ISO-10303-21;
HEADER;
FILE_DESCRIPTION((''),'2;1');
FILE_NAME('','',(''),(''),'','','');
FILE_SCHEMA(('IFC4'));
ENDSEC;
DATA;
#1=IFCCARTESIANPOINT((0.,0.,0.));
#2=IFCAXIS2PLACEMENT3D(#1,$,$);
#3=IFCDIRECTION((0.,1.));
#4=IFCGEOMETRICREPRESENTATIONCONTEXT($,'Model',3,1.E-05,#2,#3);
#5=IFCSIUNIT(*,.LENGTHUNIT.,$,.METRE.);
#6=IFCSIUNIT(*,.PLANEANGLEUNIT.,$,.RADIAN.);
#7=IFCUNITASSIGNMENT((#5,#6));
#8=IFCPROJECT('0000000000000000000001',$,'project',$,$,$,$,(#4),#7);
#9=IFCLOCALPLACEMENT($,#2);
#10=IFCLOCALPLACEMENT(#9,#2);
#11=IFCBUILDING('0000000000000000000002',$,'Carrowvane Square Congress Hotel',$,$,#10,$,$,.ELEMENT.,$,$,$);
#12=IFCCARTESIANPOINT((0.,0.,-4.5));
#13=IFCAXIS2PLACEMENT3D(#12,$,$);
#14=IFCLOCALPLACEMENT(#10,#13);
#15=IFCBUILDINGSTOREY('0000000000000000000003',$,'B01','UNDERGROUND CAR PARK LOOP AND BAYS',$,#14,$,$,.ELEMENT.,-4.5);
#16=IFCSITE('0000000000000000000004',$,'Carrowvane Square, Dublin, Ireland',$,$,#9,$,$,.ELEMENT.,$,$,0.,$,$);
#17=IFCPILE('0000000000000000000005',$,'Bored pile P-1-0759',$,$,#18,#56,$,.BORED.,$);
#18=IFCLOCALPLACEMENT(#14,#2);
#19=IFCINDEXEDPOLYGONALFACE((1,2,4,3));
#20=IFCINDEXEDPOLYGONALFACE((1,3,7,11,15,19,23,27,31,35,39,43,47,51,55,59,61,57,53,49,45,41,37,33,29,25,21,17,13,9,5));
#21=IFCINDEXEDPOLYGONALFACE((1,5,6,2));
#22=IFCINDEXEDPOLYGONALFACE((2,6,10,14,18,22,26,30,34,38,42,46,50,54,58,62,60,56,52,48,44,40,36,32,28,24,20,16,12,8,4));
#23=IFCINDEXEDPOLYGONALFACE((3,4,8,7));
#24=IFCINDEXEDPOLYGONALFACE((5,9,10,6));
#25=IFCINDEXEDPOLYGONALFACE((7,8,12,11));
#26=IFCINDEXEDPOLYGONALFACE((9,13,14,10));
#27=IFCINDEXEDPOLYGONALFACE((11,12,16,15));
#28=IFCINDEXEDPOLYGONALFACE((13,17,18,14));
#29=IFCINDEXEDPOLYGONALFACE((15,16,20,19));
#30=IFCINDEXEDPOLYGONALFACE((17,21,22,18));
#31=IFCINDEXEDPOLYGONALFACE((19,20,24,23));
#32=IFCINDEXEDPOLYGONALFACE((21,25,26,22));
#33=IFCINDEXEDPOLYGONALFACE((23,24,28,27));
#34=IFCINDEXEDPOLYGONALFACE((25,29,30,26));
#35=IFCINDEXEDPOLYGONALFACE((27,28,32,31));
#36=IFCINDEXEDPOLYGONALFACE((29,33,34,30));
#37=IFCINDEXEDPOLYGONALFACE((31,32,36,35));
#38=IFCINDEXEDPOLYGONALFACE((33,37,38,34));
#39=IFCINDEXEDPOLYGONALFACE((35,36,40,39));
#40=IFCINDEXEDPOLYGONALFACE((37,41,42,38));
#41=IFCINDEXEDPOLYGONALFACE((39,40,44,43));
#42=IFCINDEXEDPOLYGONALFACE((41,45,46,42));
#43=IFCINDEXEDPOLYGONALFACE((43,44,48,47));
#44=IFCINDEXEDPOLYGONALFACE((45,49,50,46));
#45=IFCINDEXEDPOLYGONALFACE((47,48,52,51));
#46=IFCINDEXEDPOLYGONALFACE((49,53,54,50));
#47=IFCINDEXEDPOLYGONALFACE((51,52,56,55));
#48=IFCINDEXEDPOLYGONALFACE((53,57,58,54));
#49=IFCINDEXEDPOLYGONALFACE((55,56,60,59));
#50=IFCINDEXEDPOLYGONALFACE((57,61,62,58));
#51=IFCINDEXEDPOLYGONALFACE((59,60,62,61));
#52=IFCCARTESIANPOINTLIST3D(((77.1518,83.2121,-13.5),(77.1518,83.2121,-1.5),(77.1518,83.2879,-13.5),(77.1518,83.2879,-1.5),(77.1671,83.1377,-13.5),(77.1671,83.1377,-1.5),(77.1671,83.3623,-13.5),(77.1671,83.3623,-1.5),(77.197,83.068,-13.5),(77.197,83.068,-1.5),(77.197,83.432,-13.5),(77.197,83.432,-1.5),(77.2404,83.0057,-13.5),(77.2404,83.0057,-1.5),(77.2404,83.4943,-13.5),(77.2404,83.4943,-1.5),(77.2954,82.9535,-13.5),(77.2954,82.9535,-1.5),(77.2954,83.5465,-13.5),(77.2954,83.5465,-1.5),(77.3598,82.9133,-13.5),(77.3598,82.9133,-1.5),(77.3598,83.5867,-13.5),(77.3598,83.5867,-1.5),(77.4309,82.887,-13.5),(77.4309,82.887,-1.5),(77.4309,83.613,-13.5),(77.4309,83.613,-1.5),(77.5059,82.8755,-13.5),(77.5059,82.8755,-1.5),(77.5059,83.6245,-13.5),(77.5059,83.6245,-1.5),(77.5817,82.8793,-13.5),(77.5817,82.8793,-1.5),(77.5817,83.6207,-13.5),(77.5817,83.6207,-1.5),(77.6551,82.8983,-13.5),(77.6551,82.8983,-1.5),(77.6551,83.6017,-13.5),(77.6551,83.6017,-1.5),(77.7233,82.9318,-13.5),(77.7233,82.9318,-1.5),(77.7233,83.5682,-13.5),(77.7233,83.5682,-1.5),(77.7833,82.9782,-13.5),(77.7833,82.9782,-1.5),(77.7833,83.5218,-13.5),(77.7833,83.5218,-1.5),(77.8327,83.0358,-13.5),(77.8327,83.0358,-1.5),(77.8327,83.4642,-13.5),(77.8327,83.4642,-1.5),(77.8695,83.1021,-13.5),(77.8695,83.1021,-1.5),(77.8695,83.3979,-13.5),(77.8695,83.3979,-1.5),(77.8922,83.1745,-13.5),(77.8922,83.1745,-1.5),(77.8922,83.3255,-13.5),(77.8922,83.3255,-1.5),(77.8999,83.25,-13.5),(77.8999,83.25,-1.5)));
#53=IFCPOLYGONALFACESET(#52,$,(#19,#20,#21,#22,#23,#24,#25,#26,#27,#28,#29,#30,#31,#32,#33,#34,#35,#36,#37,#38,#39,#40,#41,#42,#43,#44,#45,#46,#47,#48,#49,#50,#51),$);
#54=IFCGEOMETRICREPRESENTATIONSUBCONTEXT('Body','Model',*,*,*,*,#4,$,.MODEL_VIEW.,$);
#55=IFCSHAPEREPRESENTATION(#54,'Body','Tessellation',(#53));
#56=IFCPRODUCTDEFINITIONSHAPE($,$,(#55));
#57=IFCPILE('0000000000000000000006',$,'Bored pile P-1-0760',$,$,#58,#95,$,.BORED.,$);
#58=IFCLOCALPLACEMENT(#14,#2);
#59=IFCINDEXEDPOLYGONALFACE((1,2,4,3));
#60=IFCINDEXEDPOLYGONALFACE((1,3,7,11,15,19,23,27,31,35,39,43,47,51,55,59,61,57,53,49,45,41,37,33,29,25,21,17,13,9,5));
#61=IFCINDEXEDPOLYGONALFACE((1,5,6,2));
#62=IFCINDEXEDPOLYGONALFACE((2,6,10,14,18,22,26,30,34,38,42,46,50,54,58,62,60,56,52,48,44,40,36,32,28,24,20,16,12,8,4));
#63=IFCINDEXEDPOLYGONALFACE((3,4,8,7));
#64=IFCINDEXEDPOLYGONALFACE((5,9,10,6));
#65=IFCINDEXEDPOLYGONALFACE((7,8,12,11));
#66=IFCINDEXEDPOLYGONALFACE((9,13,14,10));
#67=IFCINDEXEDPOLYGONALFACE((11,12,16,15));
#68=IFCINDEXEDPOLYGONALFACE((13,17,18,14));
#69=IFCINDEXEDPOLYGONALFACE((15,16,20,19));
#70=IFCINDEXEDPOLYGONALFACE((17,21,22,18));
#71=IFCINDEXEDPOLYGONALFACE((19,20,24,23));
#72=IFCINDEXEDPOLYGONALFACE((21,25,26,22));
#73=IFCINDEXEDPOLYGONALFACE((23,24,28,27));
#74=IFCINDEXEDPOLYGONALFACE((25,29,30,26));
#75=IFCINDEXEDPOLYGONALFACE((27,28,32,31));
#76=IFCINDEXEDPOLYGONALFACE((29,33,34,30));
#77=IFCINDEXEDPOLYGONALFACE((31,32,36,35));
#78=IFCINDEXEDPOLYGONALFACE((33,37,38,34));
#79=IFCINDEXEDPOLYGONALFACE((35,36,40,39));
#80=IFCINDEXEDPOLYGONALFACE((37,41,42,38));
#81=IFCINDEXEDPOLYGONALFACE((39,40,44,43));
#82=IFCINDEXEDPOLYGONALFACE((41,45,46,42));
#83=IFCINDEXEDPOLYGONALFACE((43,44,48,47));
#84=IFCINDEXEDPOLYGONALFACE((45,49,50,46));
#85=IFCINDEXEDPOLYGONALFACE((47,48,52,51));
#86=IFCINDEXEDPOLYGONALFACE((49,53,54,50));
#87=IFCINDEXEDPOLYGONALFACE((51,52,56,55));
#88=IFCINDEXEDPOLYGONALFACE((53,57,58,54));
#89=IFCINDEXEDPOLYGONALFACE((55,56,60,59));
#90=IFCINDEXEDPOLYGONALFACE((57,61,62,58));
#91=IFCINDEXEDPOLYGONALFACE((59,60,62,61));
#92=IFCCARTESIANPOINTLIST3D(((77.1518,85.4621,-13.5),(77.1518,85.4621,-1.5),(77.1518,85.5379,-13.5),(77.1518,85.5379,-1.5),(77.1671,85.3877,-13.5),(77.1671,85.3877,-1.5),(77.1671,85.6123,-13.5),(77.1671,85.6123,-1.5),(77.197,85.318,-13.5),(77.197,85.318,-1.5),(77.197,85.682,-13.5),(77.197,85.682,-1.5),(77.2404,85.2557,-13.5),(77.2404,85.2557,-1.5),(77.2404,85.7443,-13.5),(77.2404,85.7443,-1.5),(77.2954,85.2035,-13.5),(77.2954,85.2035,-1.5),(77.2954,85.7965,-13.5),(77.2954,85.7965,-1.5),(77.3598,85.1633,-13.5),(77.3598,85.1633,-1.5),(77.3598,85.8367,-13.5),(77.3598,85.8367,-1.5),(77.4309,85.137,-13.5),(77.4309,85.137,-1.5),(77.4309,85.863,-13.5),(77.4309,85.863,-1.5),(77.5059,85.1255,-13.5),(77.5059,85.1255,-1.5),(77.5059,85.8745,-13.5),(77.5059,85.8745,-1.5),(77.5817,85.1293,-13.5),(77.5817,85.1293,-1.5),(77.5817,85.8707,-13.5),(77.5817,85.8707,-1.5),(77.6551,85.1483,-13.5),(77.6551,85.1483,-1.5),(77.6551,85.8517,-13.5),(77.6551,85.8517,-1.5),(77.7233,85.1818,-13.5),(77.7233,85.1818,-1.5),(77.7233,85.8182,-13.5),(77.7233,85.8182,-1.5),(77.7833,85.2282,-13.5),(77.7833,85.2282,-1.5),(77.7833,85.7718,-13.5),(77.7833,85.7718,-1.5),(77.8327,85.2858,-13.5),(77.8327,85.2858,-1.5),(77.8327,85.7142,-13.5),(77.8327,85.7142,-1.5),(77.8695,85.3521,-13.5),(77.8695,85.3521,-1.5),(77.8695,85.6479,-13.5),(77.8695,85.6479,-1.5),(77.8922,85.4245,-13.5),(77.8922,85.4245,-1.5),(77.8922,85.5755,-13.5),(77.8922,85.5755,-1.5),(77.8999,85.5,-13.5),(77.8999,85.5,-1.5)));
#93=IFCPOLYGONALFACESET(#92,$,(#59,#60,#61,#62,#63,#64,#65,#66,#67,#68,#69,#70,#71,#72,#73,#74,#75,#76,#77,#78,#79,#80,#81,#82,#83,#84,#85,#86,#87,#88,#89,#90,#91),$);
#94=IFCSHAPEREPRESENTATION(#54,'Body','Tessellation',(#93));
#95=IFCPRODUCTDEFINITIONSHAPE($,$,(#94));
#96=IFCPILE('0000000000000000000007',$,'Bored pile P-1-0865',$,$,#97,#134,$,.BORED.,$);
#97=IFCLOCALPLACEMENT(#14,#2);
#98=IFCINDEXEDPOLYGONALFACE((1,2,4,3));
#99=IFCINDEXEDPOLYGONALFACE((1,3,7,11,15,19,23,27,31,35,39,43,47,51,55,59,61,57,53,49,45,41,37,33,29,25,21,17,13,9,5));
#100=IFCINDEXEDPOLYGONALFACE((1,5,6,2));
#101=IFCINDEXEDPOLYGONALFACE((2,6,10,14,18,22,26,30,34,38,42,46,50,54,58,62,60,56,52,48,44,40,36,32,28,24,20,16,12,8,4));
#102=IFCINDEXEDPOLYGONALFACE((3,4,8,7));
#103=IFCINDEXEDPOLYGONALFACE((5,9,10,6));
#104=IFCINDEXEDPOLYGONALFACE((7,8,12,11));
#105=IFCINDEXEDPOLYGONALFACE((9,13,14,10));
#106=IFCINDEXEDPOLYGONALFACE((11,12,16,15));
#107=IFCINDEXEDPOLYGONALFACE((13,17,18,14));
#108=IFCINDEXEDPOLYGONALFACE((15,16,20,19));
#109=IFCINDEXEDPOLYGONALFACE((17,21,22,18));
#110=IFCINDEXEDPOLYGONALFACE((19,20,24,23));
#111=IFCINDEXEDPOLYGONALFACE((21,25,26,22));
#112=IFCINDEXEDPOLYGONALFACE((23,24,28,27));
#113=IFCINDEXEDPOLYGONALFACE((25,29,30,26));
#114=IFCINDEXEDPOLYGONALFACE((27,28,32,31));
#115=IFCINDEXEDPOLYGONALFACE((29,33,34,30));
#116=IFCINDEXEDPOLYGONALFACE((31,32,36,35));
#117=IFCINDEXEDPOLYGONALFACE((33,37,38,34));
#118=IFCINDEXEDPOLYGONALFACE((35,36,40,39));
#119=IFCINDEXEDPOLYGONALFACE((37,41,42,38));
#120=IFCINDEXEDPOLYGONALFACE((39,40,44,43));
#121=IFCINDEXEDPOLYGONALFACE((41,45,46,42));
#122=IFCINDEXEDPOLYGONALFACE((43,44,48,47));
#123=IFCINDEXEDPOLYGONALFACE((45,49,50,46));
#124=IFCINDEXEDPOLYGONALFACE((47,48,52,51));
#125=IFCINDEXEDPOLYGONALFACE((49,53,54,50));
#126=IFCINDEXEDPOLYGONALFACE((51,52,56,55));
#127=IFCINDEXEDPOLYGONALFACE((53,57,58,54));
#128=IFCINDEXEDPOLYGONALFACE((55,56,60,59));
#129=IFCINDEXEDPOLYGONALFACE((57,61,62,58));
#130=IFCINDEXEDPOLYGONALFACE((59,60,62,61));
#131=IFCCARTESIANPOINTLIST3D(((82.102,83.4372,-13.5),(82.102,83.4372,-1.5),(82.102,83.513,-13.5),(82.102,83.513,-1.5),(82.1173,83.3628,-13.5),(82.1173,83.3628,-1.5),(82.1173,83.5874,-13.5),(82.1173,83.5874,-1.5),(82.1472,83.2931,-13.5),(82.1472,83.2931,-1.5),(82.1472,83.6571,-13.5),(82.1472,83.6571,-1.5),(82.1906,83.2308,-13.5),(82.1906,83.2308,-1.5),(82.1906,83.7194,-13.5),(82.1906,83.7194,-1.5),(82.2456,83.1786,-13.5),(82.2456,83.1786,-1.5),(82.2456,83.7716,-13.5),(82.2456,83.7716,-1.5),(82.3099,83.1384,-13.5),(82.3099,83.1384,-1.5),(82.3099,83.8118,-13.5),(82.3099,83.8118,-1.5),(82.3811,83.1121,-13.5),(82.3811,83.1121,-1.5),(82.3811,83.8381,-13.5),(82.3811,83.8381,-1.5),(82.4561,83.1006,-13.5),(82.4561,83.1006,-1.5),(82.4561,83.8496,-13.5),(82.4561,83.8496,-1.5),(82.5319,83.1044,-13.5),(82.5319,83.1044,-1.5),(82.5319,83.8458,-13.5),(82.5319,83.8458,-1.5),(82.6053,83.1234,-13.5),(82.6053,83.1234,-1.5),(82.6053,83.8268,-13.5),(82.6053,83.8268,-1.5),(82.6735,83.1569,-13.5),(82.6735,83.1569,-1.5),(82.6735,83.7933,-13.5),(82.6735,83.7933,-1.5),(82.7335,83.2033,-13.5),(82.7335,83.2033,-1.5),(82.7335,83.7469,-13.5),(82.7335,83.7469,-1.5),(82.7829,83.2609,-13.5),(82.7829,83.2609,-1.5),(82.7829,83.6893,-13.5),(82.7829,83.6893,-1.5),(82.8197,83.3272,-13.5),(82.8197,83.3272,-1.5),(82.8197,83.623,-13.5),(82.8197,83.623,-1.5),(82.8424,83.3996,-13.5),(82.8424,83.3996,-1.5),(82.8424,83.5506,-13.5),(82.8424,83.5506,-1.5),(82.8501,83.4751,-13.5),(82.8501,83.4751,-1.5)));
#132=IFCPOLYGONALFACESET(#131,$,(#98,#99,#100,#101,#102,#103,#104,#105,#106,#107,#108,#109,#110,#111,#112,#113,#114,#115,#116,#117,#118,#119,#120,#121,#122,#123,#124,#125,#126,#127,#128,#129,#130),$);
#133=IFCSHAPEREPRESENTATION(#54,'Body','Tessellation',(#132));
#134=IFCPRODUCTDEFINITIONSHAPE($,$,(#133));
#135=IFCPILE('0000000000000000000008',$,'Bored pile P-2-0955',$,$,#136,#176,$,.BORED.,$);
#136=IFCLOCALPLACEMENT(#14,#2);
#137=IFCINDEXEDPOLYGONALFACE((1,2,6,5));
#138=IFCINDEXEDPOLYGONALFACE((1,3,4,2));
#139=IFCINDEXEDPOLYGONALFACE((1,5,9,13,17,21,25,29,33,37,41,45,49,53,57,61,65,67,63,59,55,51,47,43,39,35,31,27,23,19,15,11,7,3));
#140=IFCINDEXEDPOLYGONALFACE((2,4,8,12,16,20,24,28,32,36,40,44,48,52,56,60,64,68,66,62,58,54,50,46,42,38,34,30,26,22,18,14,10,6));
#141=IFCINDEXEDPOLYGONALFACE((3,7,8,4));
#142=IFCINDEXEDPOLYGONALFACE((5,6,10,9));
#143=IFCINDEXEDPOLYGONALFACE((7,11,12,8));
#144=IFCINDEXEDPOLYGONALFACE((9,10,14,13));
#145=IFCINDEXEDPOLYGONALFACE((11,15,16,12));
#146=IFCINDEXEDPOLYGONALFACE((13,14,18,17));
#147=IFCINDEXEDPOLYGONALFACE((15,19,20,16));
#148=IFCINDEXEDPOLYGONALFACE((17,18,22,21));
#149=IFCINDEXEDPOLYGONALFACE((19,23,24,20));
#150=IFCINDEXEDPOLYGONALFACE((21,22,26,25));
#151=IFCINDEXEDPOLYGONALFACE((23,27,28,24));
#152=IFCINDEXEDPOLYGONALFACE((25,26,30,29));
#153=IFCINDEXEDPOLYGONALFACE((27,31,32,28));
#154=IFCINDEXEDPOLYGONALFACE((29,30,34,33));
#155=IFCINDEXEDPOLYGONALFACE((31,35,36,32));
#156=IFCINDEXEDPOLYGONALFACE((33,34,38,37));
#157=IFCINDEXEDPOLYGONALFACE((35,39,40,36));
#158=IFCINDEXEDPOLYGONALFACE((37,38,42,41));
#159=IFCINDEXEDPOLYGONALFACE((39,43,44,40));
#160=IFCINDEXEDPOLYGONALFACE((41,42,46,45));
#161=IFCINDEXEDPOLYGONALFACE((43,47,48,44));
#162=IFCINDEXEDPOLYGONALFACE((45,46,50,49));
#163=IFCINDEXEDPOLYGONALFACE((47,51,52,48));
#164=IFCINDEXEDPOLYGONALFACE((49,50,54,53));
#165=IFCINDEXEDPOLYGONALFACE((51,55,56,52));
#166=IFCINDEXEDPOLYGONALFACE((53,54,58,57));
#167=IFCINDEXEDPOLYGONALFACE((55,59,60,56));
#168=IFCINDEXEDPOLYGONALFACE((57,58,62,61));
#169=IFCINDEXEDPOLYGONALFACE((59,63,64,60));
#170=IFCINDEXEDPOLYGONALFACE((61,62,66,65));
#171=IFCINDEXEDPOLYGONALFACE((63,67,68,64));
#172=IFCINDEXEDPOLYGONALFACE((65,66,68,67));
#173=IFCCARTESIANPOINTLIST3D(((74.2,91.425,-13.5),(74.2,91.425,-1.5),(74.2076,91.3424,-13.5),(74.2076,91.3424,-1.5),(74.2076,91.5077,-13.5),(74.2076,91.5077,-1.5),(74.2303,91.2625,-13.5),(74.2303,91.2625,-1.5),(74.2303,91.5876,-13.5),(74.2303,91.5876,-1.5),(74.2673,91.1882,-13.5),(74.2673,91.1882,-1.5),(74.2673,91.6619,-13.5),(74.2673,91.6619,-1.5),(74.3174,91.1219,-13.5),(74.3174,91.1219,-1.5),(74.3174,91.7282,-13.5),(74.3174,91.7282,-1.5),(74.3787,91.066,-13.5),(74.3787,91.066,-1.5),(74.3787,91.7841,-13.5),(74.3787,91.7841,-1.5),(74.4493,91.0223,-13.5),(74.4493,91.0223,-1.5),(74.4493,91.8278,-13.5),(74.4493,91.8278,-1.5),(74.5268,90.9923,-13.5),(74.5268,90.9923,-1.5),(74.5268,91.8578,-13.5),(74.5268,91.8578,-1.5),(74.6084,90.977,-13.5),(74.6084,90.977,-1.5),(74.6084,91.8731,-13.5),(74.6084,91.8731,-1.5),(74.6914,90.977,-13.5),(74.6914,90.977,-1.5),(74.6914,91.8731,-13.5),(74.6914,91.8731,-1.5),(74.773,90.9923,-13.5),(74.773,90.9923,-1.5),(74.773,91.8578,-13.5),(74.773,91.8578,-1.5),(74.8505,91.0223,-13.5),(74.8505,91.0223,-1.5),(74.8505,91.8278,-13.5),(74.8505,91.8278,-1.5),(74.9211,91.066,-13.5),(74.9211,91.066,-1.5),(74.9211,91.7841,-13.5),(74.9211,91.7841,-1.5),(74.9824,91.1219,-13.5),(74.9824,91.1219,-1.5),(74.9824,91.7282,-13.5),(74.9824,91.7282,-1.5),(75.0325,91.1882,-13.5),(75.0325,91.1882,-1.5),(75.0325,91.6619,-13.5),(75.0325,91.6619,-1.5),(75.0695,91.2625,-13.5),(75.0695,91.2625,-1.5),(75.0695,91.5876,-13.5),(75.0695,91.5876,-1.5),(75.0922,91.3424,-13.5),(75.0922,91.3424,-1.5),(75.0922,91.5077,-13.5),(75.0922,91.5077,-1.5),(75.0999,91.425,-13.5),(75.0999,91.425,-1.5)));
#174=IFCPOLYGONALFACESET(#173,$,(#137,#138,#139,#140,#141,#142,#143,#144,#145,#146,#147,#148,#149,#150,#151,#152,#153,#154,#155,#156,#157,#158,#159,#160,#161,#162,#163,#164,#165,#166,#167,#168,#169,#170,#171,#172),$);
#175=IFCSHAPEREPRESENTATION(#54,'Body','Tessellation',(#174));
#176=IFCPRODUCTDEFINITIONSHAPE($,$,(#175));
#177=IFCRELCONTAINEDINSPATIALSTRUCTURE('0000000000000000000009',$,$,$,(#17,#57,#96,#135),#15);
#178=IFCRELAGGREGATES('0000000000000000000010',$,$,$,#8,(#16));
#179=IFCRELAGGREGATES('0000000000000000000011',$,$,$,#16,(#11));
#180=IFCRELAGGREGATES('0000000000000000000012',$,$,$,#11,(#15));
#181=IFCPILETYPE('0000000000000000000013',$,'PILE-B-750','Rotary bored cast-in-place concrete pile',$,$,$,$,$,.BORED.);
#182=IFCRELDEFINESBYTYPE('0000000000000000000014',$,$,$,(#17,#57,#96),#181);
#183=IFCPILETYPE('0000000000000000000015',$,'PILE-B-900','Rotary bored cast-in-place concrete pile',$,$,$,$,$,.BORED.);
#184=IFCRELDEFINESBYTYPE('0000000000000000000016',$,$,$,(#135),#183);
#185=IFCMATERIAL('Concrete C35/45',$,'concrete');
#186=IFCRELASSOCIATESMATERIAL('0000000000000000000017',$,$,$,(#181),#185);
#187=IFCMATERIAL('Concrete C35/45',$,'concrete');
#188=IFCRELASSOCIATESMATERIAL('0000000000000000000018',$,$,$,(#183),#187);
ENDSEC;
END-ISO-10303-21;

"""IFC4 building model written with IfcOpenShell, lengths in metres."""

from ifc_helpers import new_model, si_unit, direction, frame, origin, origin_2d, place, context, subcontext, project, spatial, circle, extrude, material, material_profile, profile_set, type_object, element, save


model = new_model("IFC4")

# Units and contexts
model_context = context("Model", 3, precision=1e-05, world=origin(), true_north=direction((0.0, 1.0)))
body_context = subcontext(model_context, "Body", "Model", "MODEL_VIEW")
ifc_project = project(units=[si_unit("LENGTHUNIT", "METRE"), si_unit("PLANEANGLEUNIT", "RADIAN")], contexts=[model_context])

# Site, building, storey
site_placement = place(None, origin())
site = spatial("IfcSite", under=ifc_project, at=site_placement, Name="Carrowvane Square, Dublin, Ireland", CompositionType="ELEMENT", RefElevation=0.0)
building_placement = place(site_placement, origin())
building = spatial("IfcBuilding", under=site, at=building_placement, Name="Carrowvane Square Congress Hotel", CompositionType="ELEMENT")
storey_placement = place(building_placement, frame((0.0, 0.0, -4.5)))
storey = spatial("IfcBuildingStorey", under=building, at=storey_placement, Name="B01", Description="UNDERGROUND CAR PARK LOOP AND BAYS", CompositionType="ELEMENT", Elevation=-4.5)

# Piles
ifc_material_1 = material(Name="Concrete C35/45", Category="concrete")
ifc_material_profile_1 = material_profile(ifc_material_1, circle(Radius=0.375, at=origin_2d()), Name="PILE D750")
ifc_profile_set_1 = profile_set([ifc_material_profile_1], Name="Concrete C35/45")
pile_type_1 = type_object("IfcPileType", Name="PILE-B-750", Description="Rotary bored cast-in-place concrete pile", PredefinedType="BORED", material=ifc_profile_set_1)
for number, where, z_axis, x_axis, name in (
    (1, (77.5249, 83.25, -1.5), (0.0, 0.0, -1.0), (1.0, 0.0, 0.0), "Bored pile P-1-0759"),
    (2, (77.5249, 85.5, -1.5), (0.0, 0.0, -1.0), (1.0, 0.0, 0.0), "Bored pile P-1-0760"),
    (3, (82.4751, 83.4751, -1.5), (0.0, 0.0, -1.0), (1.0, 0.0, 0.0), "Bored pile P-1-0865"),
):
    element("IfcPile", number, at=place(storey_placement, frame(where, z_axis=z_axis, x_axis=x_axis)), inside=storey, type_object=pile_type_1, Name=name, PredefinedType="BORED", context=body_context, shape_type="SweptSolid", body=[
        extrude(circle(Radius=0.375, at=origin_2d()), origin(), (0.0, 0.0, 1.0), 12.0),
    ])
ifc_material_2 = material(Name="Concrete C35/45", Category="concrete")
ifc_material_profile_2 = material_profile(ifc_material_2, circle(Radius=0.45, at=origin_2d()), Name="PILE D900")
ifc_profile_set_2 = profile_set([ifc_material_profile_2], Name="Concrete C35/45")
pile_type_2 = type_object("IfcPileType", Name="PILE-B-900", Description="Rotary bored cast-in-place concrete pile", PredefinedType="BORED", material=ifc_profile_set_2)
for number, where, z_axis, x_axis, name in (
    (4, (74.6499, 91.425, -1.5), (0.0, 0.0, -1.0), (1.0, 0.0, 0.0), "Bored pile P-2-0955"),
):
    element("IfcPile", number, at=place(storey_placement, frame(where, z_axis=z_axis, x_axis=x_axis)), inside=storey, type_object=pile_type_2, Name=name, PredefinedType="BORED", context=body_context, shape_type="SweptSolid", body=[
        extrude(circle(Radius=0.45, at=origin_2d()), origin(), (0.0, 0.0, 1.0), 12.0),
    ])

save(model, "model.ifc")
